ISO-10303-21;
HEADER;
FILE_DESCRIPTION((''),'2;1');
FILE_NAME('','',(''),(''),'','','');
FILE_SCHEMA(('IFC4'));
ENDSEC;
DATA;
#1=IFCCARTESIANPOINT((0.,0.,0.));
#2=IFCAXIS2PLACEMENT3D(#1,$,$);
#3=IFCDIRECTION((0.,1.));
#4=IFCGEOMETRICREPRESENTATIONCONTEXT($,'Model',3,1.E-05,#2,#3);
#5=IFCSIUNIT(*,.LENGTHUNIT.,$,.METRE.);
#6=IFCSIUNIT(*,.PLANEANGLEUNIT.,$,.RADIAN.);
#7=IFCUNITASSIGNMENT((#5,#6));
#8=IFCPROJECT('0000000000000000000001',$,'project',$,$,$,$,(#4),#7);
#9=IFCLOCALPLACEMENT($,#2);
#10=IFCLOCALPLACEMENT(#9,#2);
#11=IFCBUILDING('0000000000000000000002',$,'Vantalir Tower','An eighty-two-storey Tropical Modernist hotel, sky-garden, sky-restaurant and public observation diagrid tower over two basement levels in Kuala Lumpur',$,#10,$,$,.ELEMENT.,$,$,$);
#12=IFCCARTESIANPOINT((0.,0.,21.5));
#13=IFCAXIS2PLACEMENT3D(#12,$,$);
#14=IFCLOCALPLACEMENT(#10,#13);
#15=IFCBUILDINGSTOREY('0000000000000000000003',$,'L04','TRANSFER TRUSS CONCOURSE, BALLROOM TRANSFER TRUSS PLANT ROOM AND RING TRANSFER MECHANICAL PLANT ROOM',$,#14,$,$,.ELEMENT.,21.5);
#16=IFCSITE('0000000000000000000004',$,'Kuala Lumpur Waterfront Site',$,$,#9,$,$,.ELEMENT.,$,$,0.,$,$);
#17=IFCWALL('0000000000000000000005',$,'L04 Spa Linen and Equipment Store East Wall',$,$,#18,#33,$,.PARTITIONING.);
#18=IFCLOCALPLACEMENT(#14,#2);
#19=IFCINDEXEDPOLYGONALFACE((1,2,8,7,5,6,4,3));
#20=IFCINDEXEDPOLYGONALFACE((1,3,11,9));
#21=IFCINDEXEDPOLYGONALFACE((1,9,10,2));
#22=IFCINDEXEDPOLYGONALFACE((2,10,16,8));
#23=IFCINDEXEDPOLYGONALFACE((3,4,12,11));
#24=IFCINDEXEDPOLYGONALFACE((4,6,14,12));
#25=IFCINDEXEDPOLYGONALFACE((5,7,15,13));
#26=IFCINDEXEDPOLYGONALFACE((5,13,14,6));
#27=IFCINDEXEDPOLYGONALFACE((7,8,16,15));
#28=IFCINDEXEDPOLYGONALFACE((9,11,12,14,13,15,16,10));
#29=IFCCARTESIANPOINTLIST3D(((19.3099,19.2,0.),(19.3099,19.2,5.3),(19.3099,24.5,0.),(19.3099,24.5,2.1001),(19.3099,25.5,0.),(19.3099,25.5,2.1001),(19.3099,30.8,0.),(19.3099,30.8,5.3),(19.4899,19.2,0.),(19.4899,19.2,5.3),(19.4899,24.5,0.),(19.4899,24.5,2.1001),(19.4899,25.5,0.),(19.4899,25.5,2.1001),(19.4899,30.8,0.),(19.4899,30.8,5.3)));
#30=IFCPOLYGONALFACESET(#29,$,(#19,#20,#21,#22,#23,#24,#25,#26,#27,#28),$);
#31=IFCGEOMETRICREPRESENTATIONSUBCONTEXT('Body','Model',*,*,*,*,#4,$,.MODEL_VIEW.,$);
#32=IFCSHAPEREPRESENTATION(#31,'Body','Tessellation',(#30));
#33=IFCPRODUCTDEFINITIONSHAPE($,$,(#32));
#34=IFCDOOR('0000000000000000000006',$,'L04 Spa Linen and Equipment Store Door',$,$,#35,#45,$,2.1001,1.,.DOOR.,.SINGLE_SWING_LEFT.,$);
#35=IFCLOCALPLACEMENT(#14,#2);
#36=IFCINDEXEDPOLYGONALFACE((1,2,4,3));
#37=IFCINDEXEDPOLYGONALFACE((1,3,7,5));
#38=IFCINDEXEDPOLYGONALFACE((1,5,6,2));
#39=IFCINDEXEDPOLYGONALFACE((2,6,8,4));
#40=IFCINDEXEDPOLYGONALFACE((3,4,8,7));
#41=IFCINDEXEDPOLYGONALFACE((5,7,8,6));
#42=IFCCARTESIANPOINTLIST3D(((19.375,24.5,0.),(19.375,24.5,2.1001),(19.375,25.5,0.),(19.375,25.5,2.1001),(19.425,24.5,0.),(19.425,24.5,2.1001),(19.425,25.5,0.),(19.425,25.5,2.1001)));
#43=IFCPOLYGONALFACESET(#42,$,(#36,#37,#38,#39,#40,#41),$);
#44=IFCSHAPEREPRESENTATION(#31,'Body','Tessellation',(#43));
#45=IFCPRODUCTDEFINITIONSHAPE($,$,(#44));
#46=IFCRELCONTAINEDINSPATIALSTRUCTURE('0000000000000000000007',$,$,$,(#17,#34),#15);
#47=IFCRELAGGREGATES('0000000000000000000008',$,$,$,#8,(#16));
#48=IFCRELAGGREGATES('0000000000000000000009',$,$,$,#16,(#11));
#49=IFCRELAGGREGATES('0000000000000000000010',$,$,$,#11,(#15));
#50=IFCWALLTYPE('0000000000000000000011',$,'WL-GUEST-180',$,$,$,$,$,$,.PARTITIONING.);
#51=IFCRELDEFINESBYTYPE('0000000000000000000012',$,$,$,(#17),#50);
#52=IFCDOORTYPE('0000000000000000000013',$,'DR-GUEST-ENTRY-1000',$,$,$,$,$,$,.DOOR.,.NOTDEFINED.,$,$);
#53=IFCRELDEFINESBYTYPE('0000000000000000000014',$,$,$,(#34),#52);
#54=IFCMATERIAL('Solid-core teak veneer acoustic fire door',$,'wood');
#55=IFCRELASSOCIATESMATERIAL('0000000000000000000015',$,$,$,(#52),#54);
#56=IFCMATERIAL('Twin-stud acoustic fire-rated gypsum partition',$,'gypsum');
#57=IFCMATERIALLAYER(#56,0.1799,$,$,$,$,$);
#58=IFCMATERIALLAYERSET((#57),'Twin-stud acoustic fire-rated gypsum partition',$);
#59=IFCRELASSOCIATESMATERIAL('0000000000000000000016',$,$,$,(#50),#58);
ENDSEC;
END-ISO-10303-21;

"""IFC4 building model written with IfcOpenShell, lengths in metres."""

from ifc_helpers import new_model, si_unit, direction, frame, frame_2d, origin, place, context, subcontext, project, spatial, rectangle, extrude, material, layer, layer_set, type_object, element, fill, save


model = new_model("IFC4")

# Units and contexts
model_context = context("Model", 3, precision=1e-05, world=origin(), true_north=direction((0.0, 1.0)))
body_context = subcontext(model_context, "Body", "Model", "MODEL_VIEW")
ifc_project = project(units=[si_unit("LENGTHUNIT", "METRE"), si_unit("PLANEANGLEUNIT", "RADIAN")], contexts=[model_context])

# Site, building, storey
site_placement = place(None, origin())
site = spatial("IfcSite", under=ifc_project, at=site_placement, Name="Kuala Lumpur Waterfront Site", CompositionType="ELEMENT", RefElevation=0.0)
building_placement = place(site_placement, origin())
building = spatial("IfcBuilding", under=site, at=building_placement, Name="Vantalir Tower", Description="An eighty-two-storey Tropical Modernist hotel, sky-garden, sky-restaurant and public observation diagrid tower over two basement levels in Kuala Lumpur", CompositionType="ELEMENT")
storey_placement = place(building_placement, frame((0.0, 0.0, 21.5)))
storey = spatial("IfcBuildingStorey", under=building, at=storey_placement, Name="L04", Description="TRANSFER TRUSS CONCOURSE, BALLROOM TRANSFER TRUSS PLANT ROOM AND RING TRANSFER MECHANICAL PLANT ROOM", CompositionType="ELEMENT", Elevation=21.5)

# Shared definitions
ifc_material_1 = material(Name="Solid-core teak veneer acoustic fire door", Category="wood")
door_type_1 = type_object("IfcDoorType", Name="DR-GUEST-ENTRY-1000", OperationType="NOTDEFINED", PredefinedType="DOOR", material=ifc_material_1)

# Shared definitions
ifc_material_2 = material(Name="Twin-stud acoustic fire-rated gypsum partition", Category="gypsum")
ifc_layer_1 = layer(ifc_material_2, 0.1799)
ifc_layer_set_1 = layer_set([ifc_layer_1], Name="Twin-stud acoustic fire-rated gypsum partition")
wall_type_1 = type_object("IfcWallType", Name="WL-GUEST-180", PredefinedType="PARTITIONING", material=ifc_layer_set_1)

# Wall, opening, door
wall_1_placement = place(storey_placement, frame((19.3999, 19.2, 0.0), z_axis=(0.0, 0.0, 1.0), x_axis=(0.0, 1.0, 0.0)))
wall_1 = element("IfcWall", 1, at=wall_1_placement, inside=storey, type_object=wall_type_1, Name="L04 Spa Linen and Equipment Store East Wall", PredefinedType="PARTITIONING", context=body_context, shape_type="SweptSolid", body=[
    extrude(rectangle(XDim=11.6001, YDim=0.1799, at=frame_2d((5.8, 0.0))), origin(), (0.0, 0.0, 1.0), 5.3),
])
opening_1_placement = place(wall_1_placement, frame((5.3, 0.0, 0.0)))
opening_1 = element("IfcOpeningElement", 2, at=opening_1_placement, cuts=wall_1, PredefinedType="OPENING", context=body_context, shape_type="SweptSolid", body=[
    extrude(rectangle(XDim=1.0, YDim=2.1001, at=frame_2d((0.5, 1.05))), frame((0.0, 0.0999, 0.0), z_axis=(0.0, -1.0, 0.0), x_axis=(1.0, 0.0, 0.0)), (0.0, 0.0, 1.0), 0.2),
])
door_1_placement = place(opening_1_placement, origin())
door_1 = element("IfcDoor", 3, at=door_1_placement, inside=storey, type_object=door_type_1, Name="L04 Spa Linen and Equipment Store Door", OperationType="SINGLE_SWING_LEFT", OverallHeight=2.1001, OverallWidth=1.0, PredefinedType="DOOR", context=body_context, shape_type="SweptSolid", body=[
    extrude(rectangle(XDim=1.0, YDim=2.1001, at=frame_2d((0.5, 1.05))), frame((0.0, 0.0249, 0.0), z_axis=(0.0, -1.0, 0.0), x_axis=(1.0, 0.0, 0.0)), (0.0, 0.0, 1.0), 0.05),
])
fill(opening_1, door_1)

save(model, "model.ifc")
